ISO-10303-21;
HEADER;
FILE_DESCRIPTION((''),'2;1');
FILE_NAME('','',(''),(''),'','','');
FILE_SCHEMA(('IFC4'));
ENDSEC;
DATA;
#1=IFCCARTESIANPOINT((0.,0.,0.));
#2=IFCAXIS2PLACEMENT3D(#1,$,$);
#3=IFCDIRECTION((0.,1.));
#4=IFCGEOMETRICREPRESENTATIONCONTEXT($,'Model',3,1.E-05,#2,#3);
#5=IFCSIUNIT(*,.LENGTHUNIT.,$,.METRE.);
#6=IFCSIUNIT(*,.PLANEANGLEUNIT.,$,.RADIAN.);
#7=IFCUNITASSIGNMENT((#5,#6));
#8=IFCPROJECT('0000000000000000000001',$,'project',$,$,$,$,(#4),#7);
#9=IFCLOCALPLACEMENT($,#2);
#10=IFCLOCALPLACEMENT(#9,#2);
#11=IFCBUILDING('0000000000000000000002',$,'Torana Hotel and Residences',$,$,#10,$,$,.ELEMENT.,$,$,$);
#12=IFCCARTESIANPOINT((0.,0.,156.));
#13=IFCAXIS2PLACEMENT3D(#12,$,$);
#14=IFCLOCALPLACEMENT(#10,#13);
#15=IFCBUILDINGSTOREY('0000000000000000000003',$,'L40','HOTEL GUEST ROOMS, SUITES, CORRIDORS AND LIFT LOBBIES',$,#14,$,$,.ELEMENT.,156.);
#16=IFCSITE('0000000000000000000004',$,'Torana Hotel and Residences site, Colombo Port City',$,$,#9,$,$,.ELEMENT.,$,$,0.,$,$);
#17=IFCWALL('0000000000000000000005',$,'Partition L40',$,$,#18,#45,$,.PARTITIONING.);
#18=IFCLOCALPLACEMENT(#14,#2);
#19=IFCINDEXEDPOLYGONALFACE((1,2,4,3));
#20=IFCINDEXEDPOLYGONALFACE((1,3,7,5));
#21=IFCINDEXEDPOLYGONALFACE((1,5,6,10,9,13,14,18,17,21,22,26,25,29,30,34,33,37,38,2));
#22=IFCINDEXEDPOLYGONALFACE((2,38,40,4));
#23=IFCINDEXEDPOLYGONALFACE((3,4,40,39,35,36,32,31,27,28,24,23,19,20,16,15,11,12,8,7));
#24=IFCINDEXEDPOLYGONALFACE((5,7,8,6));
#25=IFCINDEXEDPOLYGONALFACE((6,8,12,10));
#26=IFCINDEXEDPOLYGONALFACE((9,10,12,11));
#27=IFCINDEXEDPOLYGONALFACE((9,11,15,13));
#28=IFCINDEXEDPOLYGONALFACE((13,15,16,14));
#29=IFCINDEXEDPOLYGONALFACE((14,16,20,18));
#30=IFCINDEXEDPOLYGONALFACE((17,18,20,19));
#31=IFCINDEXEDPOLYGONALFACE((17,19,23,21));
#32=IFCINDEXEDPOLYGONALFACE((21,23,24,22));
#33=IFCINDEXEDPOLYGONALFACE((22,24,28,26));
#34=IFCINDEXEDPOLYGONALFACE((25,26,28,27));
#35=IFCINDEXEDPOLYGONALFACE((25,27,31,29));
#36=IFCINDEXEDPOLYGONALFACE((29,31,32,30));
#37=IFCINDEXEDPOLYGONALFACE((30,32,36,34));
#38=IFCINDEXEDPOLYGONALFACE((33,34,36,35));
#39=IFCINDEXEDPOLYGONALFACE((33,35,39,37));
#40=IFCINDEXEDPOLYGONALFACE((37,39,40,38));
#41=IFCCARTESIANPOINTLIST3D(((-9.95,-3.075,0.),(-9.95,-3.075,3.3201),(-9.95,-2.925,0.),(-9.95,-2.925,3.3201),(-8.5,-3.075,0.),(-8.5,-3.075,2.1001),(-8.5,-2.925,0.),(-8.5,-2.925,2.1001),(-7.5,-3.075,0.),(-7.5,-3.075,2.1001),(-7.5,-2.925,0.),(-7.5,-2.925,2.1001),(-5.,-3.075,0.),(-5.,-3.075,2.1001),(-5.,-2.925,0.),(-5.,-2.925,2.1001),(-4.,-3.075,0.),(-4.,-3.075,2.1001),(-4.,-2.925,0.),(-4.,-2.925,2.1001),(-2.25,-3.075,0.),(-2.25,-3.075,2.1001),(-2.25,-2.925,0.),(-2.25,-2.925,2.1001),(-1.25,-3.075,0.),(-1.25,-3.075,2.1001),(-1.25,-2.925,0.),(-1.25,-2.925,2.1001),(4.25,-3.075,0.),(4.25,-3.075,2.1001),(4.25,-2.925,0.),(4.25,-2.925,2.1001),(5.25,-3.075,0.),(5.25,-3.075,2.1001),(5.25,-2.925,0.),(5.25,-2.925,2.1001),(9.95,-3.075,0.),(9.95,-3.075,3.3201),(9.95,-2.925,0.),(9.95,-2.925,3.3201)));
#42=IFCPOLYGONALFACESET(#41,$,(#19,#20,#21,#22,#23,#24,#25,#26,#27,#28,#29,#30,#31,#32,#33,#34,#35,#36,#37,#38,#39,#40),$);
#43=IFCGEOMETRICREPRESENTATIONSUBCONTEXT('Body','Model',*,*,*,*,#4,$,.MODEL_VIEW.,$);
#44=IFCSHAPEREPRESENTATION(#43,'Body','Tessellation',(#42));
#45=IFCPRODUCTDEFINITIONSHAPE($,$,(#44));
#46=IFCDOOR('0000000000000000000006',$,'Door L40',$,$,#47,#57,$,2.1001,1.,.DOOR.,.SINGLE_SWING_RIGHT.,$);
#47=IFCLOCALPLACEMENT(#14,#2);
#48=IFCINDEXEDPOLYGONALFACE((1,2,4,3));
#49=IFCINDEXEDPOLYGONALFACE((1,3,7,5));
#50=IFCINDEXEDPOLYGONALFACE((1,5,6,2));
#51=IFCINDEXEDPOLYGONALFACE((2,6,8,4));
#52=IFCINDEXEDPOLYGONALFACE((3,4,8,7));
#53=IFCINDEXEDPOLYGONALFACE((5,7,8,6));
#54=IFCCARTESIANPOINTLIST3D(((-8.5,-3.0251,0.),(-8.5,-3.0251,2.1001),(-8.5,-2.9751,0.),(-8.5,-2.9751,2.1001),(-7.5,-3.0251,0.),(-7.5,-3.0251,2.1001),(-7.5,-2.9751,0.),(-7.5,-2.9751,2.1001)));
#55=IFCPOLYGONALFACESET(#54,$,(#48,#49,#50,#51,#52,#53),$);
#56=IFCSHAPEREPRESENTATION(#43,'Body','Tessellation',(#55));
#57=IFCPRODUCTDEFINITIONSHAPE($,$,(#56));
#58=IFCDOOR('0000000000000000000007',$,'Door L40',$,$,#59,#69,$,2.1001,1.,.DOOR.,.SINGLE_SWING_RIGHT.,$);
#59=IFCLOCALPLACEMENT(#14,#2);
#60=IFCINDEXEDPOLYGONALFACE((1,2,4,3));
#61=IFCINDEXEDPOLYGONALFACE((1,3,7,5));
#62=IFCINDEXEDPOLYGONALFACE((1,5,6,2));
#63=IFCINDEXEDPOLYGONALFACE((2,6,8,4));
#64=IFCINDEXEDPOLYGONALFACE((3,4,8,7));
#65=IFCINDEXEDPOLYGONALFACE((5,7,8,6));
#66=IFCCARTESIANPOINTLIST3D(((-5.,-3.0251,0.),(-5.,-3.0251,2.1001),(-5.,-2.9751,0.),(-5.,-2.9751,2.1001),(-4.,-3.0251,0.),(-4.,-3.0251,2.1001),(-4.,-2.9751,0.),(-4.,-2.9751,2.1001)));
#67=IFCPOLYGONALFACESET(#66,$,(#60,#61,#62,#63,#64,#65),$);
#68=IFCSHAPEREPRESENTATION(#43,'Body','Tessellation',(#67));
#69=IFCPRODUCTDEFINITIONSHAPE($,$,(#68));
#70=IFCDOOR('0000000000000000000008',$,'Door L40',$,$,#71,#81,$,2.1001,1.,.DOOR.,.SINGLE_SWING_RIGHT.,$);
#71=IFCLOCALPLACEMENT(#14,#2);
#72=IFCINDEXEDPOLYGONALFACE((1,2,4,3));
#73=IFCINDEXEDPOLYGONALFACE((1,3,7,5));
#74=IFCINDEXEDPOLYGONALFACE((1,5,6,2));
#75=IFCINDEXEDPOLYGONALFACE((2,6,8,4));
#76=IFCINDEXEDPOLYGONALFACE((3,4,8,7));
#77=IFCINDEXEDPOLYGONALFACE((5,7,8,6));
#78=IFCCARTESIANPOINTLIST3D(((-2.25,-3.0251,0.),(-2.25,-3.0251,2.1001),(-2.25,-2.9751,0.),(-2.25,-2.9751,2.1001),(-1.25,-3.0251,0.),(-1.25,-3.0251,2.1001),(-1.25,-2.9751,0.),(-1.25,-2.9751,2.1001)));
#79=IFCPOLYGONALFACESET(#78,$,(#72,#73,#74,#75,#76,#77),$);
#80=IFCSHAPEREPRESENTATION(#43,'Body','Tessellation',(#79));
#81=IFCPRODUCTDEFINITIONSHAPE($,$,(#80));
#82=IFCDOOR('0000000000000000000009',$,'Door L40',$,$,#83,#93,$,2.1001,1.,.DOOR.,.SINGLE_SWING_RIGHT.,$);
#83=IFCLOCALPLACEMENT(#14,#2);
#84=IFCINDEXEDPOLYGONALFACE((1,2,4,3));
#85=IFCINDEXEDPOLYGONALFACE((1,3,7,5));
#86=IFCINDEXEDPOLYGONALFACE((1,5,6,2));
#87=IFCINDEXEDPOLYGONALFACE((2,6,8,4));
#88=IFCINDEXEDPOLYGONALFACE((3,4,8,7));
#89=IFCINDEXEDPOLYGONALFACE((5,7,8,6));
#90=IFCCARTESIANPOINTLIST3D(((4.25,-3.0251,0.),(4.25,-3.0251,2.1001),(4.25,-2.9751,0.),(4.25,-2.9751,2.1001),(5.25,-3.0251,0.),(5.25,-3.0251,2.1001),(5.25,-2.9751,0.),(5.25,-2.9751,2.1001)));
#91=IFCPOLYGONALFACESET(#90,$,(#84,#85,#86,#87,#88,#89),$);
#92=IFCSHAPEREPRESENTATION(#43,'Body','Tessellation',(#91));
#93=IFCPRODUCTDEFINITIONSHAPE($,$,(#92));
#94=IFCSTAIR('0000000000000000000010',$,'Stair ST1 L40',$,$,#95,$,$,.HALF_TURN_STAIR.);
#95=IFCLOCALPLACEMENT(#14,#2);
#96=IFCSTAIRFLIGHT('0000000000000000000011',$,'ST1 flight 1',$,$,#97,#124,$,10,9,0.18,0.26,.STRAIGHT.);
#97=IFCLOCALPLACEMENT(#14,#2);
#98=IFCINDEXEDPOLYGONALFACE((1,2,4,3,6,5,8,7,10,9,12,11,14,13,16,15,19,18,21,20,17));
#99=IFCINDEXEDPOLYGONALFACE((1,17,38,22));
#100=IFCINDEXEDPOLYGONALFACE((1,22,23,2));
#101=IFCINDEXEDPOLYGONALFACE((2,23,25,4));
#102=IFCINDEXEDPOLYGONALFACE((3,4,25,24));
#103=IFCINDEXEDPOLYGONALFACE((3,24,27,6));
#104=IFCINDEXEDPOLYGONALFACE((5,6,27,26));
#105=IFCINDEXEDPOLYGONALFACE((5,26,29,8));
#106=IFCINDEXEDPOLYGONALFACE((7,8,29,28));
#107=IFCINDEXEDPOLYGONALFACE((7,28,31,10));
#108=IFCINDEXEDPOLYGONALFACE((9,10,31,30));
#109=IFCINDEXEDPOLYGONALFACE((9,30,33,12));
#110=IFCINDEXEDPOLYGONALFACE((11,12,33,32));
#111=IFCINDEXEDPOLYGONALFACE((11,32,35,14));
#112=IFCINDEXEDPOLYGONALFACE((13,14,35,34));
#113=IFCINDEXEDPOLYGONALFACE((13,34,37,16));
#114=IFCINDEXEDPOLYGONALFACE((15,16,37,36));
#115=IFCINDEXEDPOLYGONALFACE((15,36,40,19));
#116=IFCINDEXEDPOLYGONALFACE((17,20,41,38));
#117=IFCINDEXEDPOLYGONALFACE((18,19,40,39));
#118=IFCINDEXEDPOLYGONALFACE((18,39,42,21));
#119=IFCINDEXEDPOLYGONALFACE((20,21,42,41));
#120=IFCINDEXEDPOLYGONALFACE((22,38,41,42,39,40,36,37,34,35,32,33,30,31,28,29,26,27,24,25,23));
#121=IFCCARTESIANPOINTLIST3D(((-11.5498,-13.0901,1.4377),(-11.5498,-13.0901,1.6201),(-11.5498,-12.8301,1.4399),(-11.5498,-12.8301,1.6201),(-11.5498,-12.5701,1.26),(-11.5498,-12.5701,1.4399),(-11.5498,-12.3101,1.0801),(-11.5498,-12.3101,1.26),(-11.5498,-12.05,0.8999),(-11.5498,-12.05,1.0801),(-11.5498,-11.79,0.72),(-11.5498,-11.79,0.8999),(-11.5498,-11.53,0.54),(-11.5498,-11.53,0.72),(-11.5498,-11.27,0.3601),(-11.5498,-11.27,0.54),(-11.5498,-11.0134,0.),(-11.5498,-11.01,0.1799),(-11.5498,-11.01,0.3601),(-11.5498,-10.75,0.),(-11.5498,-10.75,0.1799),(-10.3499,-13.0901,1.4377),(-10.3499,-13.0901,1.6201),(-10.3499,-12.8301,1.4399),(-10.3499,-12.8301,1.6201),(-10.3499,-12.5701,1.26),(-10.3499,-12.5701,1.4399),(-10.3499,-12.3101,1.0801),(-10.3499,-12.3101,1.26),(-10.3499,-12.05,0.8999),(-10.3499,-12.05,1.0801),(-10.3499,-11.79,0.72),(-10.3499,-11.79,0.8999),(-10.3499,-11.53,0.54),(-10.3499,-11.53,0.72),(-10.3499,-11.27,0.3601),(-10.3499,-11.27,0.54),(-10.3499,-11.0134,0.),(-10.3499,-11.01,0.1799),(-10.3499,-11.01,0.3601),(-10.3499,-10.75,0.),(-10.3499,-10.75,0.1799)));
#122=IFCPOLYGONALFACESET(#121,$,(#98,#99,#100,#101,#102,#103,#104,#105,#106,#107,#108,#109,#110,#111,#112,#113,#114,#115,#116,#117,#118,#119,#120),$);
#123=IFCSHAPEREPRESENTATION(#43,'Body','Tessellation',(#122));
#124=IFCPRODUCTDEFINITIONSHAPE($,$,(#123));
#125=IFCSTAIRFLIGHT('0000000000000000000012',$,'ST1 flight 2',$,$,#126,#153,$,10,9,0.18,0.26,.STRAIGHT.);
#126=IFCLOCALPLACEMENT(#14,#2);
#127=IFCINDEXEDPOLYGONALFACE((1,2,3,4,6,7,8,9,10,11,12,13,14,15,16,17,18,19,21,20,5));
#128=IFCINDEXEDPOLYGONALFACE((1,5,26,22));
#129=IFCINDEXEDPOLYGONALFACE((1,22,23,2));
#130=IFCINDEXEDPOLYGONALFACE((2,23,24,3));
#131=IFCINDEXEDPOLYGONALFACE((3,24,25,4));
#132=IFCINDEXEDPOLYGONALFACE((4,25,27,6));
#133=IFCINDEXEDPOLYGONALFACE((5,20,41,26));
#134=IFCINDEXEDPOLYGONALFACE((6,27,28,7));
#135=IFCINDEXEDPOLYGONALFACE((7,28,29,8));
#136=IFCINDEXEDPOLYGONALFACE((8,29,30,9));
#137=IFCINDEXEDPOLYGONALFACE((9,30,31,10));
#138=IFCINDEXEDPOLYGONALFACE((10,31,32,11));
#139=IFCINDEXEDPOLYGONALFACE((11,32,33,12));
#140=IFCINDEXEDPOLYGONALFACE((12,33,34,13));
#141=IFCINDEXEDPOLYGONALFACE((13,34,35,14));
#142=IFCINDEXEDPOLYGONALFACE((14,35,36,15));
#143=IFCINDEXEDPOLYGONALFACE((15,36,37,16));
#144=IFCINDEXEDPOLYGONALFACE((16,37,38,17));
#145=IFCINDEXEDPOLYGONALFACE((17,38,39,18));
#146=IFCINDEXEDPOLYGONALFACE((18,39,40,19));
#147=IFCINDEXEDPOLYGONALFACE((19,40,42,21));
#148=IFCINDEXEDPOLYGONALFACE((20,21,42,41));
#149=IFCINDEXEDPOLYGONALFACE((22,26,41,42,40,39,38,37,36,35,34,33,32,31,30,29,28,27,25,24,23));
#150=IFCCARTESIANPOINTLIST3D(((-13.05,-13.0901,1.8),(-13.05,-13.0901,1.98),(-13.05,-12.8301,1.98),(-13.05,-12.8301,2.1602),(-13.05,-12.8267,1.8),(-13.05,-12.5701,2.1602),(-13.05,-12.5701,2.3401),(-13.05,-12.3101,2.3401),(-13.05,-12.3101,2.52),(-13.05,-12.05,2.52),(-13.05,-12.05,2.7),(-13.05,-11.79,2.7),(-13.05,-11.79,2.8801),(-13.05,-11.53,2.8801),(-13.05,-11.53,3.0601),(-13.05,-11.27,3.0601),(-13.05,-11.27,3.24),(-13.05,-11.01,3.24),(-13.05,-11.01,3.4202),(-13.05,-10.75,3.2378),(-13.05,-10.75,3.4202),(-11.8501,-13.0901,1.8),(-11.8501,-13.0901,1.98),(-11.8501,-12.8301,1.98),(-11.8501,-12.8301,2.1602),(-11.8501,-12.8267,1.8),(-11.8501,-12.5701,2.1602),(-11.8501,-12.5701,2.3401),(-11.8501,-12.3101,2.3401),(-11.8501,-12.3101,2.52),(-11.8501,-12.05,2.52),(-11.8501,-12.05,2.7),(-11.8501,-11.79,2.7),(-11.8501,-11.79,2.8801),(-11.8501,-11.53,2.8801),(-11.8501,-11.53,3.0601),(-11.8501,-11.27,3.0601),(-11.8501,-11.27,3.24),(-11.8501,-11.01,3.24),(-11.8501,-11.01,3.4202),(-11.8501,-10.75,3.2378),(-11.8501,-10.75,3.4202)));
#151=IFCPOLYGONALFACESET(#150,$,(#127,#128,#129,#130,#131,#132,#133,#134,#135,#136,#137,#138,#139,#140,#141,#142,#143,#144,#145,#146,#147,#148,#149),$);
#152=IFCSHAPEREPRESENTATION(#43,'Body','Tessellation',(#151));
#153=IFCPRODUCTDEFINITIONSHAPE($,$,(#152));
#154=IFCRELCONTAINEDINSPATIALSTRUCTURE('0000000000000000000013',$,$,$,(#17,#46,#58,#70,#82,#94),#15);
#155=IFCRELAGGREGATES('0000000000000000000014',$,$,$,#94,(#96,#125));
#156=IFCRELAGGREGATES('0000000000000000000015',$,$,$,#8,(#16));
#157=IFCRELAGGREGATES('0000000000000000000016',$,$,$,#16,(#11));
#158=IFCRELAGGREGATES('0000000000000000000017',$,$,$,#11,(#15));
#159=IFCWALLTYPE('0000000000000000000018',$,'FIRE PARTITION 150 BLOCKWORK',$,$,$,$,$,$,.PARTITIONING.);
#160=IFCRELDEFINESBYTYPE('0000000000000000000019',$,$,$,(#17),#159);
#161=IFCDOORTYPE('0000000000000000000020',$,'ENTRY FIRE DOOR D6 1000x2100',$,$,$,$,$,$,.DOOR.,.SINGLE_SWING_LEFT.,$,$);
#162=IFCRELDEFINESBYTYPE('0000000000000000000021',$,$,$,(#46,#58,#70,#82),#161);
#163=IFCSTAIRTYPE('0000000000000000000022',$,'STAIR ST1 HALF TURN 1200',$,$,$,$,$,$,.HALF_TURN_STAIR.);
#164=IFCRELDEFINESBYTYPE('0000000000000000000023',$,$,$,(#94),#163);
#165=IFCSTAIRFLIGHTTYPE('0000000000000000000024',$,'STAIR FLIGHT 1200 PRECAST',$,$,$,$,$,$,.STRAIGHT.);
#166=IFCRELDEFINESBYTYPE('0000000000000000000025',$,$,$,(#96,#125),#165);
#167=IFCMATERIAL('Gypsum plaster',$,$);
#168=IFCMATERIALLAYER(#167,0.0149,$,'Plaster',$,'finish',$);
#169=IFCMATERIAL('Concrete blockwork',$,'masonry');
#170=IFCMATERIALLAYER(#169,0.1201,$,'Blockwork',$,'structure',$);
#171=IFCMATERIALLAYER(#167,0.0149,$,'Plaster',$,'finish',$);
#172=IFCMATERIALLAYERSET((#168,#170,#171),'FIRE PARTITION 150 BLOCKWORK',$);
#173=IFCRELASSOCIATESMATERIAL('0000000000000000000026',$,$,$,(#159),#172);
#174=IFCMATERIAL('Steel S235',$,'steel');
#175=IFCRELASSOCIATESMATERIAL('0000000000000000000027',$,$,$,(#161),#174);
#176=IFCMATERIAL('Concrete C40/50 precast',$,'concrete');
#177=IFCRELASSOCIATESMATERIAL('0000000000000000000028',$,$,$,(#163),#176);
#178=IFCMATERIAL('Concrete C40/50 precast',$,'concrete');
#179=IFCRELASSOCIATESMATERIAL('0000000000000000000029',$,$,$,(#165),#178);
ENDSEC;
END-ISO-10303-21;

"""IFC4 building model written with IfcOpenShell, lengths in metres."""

from ifc_helpers import new_model, si_unit, direction, frame, frame_2d, origin, place, context, subcontext, project, spatial, polyline, rectangle, outline, extrude, material, layer, layer_set, type_object, element, fill, aggregate, save


model = new_model("IFC4")

# Units and contexts
model_context = context("Model", 3, precision=1e-05, world=origin(), true_north=direction((0.0, 1.0)))
body_context = subcontext(model_context, "Body", "Model", "MODEL_VIEW")
ifc_project = project(units=[si_unit("LENGTHUNIT", "METRE"), si_unit("PLANEANGLEUNIT", "RADIAN")], contexts=[model_context])

# Site, building, storey
site_placement = place(None, origin())
site = spatial("IfcSite", under=ifc_project, at=site_placement, Name="Torana Hotel and Residences site, Colombo Port City", CompositionType="ELEMENT", RefElevation=0.0)
building_placement = place(site_placement, origin())
building = spatial("IfcBuilding", under=site, at=building_placement, Name="Torana Hotel and Residences", CompositionType="ELEMENT")
storey_placement = place(building_placement, frame((0.0, 0.0, 156.0)))
storey = spatial("IfcBuildingStorey", under=building, at=storey_placement, Name="L40", Description="HOTEL GUEST ROOMS, SUITES, CORRIDORS AND LIFT LOBBIES", CompositionType="ELEMENT", Elevation=156.0)

# Shared definitions
ifc_material_1 = material(Name="Gypsum plaster")
ifc_layer_1 = layer(ifc_material_1, 0.0149, Name="Plaster", Category="finish")
ifc_material_2 = material(Name="Concrete blockwork", Category="masonry")
ifc_layer_2 = layer(ifc_material_2, 0.1201, Name="Blockwork", Category="structure")
ifc_layer_3 = layer(ifc_material_1, 0.0149, Name="Plaster", Category="finish")
ifc_layer_set_1 = layer_set([ifc_layer_1, ifc_layer_2, ifc_layer_3], Name="FIRE PARTITION 150 BLOCKWORK")
wall_type_1 = type_object("IfcWallType", Name="FIRE PARTITION 150 BLOCKWORK", PredefinedType="PARTITIONING", material=ifc_layer_set_1)

# Wall, openings, doors
ifc_material_3 = material(Name="Steel S235", Category="steel")
door_type_1 = type_object("IfcDoorType", Name="ENTRY FIRE DOOR D6 1000x2100", OperationType="SINGLE_SWING_LEFT", PredefinedType="DOOR", material=ifc_material_3)
wall_1_placement = place(storey_placement, frame((-9.95, -3.0, 0.0), z_axis=(0.0, 0.0, 1.0), x_axis=(1.0, 0.0, 0.0)))
wall_1 = element("IfcWall", 1, at=wall_1_placement, inside=storey, type_object=wall_type_1, Name="Partition L40", PredefinedType="PARTITIONING", context=body_context, shape_type="SweptSolid", body=[
    extrude(rectangle(XDim=19.8999, YDim=0.1499, at=frame_2d((9.95, 0.0))), origin(), (0.0, 0.0, 1.0), 3.3201),
])
opening_1_placement = place(wall_1_placement, frame((1.45, 0.0, 0.0)))
opening_1 = element("IfcOpeningElement", 2, at=opening_1_placement, cuts=wall_1, PredefinedType="OPENING", context=body_context, shape_type="SweptSolid", body=[
    extrude(rectangle(XDim=1.0, YDim=2.1001, at=frame_2d((0.5, 1.05))), frame((0.0, 0.085, 0.0), z_axis=(0.0, -1.0, 0.0), x_axis=(1.0, 0.0, 0.0)), (0.0, 0.0, 1.0), 0.1699),
])
opening_2_placement = place(wall_1_placement, frame((4.95, 0.0, 0.0)))
opening_2 = element("IfcOpeningElement", 3, at=opening_2_placement, cuts=wall_1, PredefinedType="OPENING", context=body_context, shape_type="SweptSolid", body=[
    extrude(rectangle(XDim=1.0, YDim=2.1001, at=frame_2d((0.5, 1.05))), frame((0.0, 0.085, 0.0), z_axis=(0.0, -1.0, 0.0), x_axis=(1.0, 0.0, 0.0)), (0.0, 0.0, 1.0), 0.1699),
])
opening_3_placement = place(wall_1_placement, frame((7.7, 0.0, 0.0)))
opening_3 = element("IfcOpeningElement", 4, at=opening_3_placement, cuts=wall_1, PredefinedType="OPENING", context=body_context, shape_type="SweptSolid", body=[
    extrude(rectangle(XDim=1.0, YDim=2.1001, at=frame_2d((0.5, 1.05))), frame((0.0, 0.085, 0.0), z_axis=(0.0, -1.0, 0.0), x_axis=(1.0, 0.0, 0.0)), (0.0, 0.0, 1.0), 0.1699),
])
opening_4_placement = place(wall_1_placement, frame((14.2, 0.0, 0.0)))
opening_4 = element("IfcOpeningElement", 5, at=opening_4_placement, cuts=wall_1, PredefinedType="OPENING", context=body_context, shape_type="SweptSolid", body=[
    extrude(rectangle(XDim=1.0, YDim=2.1001, at=frame_2d((0.5, 1.05))), frame((0.0, 0.085, 0.0), z_axis=(0.0, -1.0, 0.0), x_axis=(1.0, 0.0, 0.0)), (0.0, 0.0, 1.0), 0.1699),
])
door_1_placement = place(opening_1_placement, origin())
door_1 = element("IfcDoor", 6, at=door_1_placement, inside=storey, type_object=door_type_1, Name="Door L40", OperationType="SINGLE_SWING_RIGHT", OverallHeight=2.1001, OverallWidth=1.0, PredefinedType="DOOR", context=body_context, shape_type="SweptSolid", body=[
    extrude(rectangle(XDim=1.0, YDim=2.1001, at=frame_2d((0.5, 1.05))), frame((0.0, 0.0249, 0.0), z_axis=(0.0, -1.0, 0.0), x_axis=(1.0, 0.0, 0.0)), (0.0, 0.0, 1.0), 0.05),
])
fill(opening_1, door_1)
door_2_placement = place(opening_2_placement, origin())
door_2 = element("IfcDoor", 7, at=door_2_placement, inside=storey, type_object=door_type_1, Name="Door L40", OperationType="SINGLE_SWING_RIGHT", OverallHeight=2.1001, OverallWidth=1.0, PredefinedType="DOOR", context=body_context, shape_type="SweptSolid", body=[
    extrude(rectangle(XDim=1.0, YDim=2.1001, at=frame_2d((0.5, 1.05))), frame((0.0, 0.0249, 0.0), z_axis=(0.0, -1.0, 0.0), x_axis=(1.0, 0.0, 0.0)), (0.0, 0.0, 1.0), 0.05),
])
fill(opening_2, door_2)
door_3_placement = place(opening_3_placement, origin())
door_3 = element("IfcDoor", 8, at=door_3_placement, inside=storey, type_object=door_type_1, Name="Door L40", OperationType="SINGLE_SWING_RIGHT", OverallHeight=2.1001, OverallWidth=1.0, PredefinedType="DOOR", context=body_context, shape_type="SweptSolid", body=[
    extrude(rectangle(XDim=1.0, YDim=2.1001, at=frame_2d((0.5, 1.05))), frame((0.0, 0.0249, 0.0), z_axis=(0.0, -1.0, 0.0), x_axis=(1.0, 0.0, 0.0)), (0.0, 0.0, 1.0), 0.05),
])
fill(opening_3, door_3)
door_4_placement = place(opening_4_placement, origin())
door_4 = element("IfcDoor", 9, at=door_4_placement, inside=storey, type_object=door_type_1, Name="Door L40", OperationType="SINGLE_SWING_RIGHT", OverallHeight=2.1001, OverallWidth=1.0, PredefinedType="DOOR", context=body_context, shape_type="SweptSolid", body=[
    extrude(rectangle(XDim=1.0, YDim=2.1001, at=frame_2d((0.5, 1.05))), frame((0.0, 0.0249, 0.0), z_axis=(0.0, -1.0, 0.0), x_axis=(1.0, 0.0, 0.0)), (0.0, 0.0, 1.0), 0.05),
])
fill(opening_4, door_4)

# Stair, stair flights
ifc_material_4 = material(Name="Concrete C40/50 precast", Category="concrete")
stair_type = type_object("IfcStairType", Name="STAIR ST1 HALF TURN 1200", PredefinedType="HALF_TURN_STAIR", material=ifc_material_4)
stair_placement = place(storey_placement, origin())
stair = element("IfcStair", 10, at=stair_placement, inside=storey, type_object=stair_type, Name="Stair ST1 L40", PredefinedType="HALF_TURN_STAIR")
ifc_material_5 = material(Name="Concrete C40/50 precast", Category="concrete")
stair_flight_type = type_object("IfcStairFlightType", Name="STAIR FLIGHT 1200 PRECAST", PredefinedType="STRAIGHT", material=ifc_material_5)
stair_flight_1_placement = place(storey_placement, frame((-10.95, -10.75, 0.0), z_axis=(0.0, 0.0, 1.0), x_axis=(0.0, -1.0, 0.0)))
stair_flight_1 = element("IfcStairFlight", 11, at=stair_flight_1_placement, type_object=stair_flight_type, Name="ST1 flight 1", NumberOfRisers=10, NumberOfTreads=9, PredefinedType="STRAIGHT", RiserHeight=0.18, TreadLength=0.26, context=body_context, shape_type="SweptSolid", body=[
    extrude(outline(polyline([(0.0, 0.0), (0.0, 0.1799), (0.26, 0.1799), (0.26, 0.3601), (0.52, 0.3601), (0.52, 0.54), (0.78, 0.54), (0.78, 0.72), (1.04, 0.72), (1.04, 0.8999), (1.3, 0.8999), (1.3, 1.0801), (1.5601, 1.0801), (1.5601, 1.26), (1.8201, 1.26), (1.8201, 1.4399), (2.0801, 1.4399), (2.0801, 1.6201), (2.3401, 1.6201), (2.3401, 1.8), (2.3401, 1.4377), (0.2634, 0.0), (0.0, 0.0)])), frame((0.0, 0.6001, 0.0), z_axis=(0.0, -1.0, 0.0), x_axis=(1.0, 0.0, 0.0)), (0.0, 0.0, 1.0), 1.2),
])
stair_flight_2_placement = place(storey_placement, frame((-12.45, -13.0901, 1.8), z_axis=(0.0, 0.0, 1.0), x_axis=(0.0, 1.0, 0.0)))
stair_flight_2 = element("IfcStairFlight", 12, at=stair_flight_2_placement, type_object=stair_flight_type, Name="ST1 flight 2", NumberOfRisers=10, NumberOfTreads=9, PredefinedType="STRAIGHT", RiserHeight=0.18, TreadLength=0.26, context=body_context, shape_type="SweptSolid", body=[
    extrude(outline(polyline([(0.0, 0.0), (0.0, 0.1799), (0.26, 0.1799), (0.26, 0.3601), (0.52, 0.3601), (0.52, 0.54), (0.78, 0.54), (0.78, 0.72), (1.04, 0.72), (1.04, 0.8999), (1.3, 0.8999), (1.3, 1.0801), (1.5601, 1.0801), (1.5601, 1.26), (1.8201, 1.26), (1.8201, 1.4399), (2.0801, 1.4399), (2.0801, 1.6201), (2.3401, 1.6201), (2.3401, 1.8), (2.3401, 1.4377), (0.2634, 0.0), (0.0, 0.0)])), frame((0.0, 0.6001, 0.0), z_axis=(0.0, -1.0, 0.0), x_axis=(1.0, 0.0, 0.0)), (0.0, 0.0, 1.0), 1.2),
])
aggregate(stair, [stair_flight_1, stair_flight_2])

save(model, "model.ifc")
